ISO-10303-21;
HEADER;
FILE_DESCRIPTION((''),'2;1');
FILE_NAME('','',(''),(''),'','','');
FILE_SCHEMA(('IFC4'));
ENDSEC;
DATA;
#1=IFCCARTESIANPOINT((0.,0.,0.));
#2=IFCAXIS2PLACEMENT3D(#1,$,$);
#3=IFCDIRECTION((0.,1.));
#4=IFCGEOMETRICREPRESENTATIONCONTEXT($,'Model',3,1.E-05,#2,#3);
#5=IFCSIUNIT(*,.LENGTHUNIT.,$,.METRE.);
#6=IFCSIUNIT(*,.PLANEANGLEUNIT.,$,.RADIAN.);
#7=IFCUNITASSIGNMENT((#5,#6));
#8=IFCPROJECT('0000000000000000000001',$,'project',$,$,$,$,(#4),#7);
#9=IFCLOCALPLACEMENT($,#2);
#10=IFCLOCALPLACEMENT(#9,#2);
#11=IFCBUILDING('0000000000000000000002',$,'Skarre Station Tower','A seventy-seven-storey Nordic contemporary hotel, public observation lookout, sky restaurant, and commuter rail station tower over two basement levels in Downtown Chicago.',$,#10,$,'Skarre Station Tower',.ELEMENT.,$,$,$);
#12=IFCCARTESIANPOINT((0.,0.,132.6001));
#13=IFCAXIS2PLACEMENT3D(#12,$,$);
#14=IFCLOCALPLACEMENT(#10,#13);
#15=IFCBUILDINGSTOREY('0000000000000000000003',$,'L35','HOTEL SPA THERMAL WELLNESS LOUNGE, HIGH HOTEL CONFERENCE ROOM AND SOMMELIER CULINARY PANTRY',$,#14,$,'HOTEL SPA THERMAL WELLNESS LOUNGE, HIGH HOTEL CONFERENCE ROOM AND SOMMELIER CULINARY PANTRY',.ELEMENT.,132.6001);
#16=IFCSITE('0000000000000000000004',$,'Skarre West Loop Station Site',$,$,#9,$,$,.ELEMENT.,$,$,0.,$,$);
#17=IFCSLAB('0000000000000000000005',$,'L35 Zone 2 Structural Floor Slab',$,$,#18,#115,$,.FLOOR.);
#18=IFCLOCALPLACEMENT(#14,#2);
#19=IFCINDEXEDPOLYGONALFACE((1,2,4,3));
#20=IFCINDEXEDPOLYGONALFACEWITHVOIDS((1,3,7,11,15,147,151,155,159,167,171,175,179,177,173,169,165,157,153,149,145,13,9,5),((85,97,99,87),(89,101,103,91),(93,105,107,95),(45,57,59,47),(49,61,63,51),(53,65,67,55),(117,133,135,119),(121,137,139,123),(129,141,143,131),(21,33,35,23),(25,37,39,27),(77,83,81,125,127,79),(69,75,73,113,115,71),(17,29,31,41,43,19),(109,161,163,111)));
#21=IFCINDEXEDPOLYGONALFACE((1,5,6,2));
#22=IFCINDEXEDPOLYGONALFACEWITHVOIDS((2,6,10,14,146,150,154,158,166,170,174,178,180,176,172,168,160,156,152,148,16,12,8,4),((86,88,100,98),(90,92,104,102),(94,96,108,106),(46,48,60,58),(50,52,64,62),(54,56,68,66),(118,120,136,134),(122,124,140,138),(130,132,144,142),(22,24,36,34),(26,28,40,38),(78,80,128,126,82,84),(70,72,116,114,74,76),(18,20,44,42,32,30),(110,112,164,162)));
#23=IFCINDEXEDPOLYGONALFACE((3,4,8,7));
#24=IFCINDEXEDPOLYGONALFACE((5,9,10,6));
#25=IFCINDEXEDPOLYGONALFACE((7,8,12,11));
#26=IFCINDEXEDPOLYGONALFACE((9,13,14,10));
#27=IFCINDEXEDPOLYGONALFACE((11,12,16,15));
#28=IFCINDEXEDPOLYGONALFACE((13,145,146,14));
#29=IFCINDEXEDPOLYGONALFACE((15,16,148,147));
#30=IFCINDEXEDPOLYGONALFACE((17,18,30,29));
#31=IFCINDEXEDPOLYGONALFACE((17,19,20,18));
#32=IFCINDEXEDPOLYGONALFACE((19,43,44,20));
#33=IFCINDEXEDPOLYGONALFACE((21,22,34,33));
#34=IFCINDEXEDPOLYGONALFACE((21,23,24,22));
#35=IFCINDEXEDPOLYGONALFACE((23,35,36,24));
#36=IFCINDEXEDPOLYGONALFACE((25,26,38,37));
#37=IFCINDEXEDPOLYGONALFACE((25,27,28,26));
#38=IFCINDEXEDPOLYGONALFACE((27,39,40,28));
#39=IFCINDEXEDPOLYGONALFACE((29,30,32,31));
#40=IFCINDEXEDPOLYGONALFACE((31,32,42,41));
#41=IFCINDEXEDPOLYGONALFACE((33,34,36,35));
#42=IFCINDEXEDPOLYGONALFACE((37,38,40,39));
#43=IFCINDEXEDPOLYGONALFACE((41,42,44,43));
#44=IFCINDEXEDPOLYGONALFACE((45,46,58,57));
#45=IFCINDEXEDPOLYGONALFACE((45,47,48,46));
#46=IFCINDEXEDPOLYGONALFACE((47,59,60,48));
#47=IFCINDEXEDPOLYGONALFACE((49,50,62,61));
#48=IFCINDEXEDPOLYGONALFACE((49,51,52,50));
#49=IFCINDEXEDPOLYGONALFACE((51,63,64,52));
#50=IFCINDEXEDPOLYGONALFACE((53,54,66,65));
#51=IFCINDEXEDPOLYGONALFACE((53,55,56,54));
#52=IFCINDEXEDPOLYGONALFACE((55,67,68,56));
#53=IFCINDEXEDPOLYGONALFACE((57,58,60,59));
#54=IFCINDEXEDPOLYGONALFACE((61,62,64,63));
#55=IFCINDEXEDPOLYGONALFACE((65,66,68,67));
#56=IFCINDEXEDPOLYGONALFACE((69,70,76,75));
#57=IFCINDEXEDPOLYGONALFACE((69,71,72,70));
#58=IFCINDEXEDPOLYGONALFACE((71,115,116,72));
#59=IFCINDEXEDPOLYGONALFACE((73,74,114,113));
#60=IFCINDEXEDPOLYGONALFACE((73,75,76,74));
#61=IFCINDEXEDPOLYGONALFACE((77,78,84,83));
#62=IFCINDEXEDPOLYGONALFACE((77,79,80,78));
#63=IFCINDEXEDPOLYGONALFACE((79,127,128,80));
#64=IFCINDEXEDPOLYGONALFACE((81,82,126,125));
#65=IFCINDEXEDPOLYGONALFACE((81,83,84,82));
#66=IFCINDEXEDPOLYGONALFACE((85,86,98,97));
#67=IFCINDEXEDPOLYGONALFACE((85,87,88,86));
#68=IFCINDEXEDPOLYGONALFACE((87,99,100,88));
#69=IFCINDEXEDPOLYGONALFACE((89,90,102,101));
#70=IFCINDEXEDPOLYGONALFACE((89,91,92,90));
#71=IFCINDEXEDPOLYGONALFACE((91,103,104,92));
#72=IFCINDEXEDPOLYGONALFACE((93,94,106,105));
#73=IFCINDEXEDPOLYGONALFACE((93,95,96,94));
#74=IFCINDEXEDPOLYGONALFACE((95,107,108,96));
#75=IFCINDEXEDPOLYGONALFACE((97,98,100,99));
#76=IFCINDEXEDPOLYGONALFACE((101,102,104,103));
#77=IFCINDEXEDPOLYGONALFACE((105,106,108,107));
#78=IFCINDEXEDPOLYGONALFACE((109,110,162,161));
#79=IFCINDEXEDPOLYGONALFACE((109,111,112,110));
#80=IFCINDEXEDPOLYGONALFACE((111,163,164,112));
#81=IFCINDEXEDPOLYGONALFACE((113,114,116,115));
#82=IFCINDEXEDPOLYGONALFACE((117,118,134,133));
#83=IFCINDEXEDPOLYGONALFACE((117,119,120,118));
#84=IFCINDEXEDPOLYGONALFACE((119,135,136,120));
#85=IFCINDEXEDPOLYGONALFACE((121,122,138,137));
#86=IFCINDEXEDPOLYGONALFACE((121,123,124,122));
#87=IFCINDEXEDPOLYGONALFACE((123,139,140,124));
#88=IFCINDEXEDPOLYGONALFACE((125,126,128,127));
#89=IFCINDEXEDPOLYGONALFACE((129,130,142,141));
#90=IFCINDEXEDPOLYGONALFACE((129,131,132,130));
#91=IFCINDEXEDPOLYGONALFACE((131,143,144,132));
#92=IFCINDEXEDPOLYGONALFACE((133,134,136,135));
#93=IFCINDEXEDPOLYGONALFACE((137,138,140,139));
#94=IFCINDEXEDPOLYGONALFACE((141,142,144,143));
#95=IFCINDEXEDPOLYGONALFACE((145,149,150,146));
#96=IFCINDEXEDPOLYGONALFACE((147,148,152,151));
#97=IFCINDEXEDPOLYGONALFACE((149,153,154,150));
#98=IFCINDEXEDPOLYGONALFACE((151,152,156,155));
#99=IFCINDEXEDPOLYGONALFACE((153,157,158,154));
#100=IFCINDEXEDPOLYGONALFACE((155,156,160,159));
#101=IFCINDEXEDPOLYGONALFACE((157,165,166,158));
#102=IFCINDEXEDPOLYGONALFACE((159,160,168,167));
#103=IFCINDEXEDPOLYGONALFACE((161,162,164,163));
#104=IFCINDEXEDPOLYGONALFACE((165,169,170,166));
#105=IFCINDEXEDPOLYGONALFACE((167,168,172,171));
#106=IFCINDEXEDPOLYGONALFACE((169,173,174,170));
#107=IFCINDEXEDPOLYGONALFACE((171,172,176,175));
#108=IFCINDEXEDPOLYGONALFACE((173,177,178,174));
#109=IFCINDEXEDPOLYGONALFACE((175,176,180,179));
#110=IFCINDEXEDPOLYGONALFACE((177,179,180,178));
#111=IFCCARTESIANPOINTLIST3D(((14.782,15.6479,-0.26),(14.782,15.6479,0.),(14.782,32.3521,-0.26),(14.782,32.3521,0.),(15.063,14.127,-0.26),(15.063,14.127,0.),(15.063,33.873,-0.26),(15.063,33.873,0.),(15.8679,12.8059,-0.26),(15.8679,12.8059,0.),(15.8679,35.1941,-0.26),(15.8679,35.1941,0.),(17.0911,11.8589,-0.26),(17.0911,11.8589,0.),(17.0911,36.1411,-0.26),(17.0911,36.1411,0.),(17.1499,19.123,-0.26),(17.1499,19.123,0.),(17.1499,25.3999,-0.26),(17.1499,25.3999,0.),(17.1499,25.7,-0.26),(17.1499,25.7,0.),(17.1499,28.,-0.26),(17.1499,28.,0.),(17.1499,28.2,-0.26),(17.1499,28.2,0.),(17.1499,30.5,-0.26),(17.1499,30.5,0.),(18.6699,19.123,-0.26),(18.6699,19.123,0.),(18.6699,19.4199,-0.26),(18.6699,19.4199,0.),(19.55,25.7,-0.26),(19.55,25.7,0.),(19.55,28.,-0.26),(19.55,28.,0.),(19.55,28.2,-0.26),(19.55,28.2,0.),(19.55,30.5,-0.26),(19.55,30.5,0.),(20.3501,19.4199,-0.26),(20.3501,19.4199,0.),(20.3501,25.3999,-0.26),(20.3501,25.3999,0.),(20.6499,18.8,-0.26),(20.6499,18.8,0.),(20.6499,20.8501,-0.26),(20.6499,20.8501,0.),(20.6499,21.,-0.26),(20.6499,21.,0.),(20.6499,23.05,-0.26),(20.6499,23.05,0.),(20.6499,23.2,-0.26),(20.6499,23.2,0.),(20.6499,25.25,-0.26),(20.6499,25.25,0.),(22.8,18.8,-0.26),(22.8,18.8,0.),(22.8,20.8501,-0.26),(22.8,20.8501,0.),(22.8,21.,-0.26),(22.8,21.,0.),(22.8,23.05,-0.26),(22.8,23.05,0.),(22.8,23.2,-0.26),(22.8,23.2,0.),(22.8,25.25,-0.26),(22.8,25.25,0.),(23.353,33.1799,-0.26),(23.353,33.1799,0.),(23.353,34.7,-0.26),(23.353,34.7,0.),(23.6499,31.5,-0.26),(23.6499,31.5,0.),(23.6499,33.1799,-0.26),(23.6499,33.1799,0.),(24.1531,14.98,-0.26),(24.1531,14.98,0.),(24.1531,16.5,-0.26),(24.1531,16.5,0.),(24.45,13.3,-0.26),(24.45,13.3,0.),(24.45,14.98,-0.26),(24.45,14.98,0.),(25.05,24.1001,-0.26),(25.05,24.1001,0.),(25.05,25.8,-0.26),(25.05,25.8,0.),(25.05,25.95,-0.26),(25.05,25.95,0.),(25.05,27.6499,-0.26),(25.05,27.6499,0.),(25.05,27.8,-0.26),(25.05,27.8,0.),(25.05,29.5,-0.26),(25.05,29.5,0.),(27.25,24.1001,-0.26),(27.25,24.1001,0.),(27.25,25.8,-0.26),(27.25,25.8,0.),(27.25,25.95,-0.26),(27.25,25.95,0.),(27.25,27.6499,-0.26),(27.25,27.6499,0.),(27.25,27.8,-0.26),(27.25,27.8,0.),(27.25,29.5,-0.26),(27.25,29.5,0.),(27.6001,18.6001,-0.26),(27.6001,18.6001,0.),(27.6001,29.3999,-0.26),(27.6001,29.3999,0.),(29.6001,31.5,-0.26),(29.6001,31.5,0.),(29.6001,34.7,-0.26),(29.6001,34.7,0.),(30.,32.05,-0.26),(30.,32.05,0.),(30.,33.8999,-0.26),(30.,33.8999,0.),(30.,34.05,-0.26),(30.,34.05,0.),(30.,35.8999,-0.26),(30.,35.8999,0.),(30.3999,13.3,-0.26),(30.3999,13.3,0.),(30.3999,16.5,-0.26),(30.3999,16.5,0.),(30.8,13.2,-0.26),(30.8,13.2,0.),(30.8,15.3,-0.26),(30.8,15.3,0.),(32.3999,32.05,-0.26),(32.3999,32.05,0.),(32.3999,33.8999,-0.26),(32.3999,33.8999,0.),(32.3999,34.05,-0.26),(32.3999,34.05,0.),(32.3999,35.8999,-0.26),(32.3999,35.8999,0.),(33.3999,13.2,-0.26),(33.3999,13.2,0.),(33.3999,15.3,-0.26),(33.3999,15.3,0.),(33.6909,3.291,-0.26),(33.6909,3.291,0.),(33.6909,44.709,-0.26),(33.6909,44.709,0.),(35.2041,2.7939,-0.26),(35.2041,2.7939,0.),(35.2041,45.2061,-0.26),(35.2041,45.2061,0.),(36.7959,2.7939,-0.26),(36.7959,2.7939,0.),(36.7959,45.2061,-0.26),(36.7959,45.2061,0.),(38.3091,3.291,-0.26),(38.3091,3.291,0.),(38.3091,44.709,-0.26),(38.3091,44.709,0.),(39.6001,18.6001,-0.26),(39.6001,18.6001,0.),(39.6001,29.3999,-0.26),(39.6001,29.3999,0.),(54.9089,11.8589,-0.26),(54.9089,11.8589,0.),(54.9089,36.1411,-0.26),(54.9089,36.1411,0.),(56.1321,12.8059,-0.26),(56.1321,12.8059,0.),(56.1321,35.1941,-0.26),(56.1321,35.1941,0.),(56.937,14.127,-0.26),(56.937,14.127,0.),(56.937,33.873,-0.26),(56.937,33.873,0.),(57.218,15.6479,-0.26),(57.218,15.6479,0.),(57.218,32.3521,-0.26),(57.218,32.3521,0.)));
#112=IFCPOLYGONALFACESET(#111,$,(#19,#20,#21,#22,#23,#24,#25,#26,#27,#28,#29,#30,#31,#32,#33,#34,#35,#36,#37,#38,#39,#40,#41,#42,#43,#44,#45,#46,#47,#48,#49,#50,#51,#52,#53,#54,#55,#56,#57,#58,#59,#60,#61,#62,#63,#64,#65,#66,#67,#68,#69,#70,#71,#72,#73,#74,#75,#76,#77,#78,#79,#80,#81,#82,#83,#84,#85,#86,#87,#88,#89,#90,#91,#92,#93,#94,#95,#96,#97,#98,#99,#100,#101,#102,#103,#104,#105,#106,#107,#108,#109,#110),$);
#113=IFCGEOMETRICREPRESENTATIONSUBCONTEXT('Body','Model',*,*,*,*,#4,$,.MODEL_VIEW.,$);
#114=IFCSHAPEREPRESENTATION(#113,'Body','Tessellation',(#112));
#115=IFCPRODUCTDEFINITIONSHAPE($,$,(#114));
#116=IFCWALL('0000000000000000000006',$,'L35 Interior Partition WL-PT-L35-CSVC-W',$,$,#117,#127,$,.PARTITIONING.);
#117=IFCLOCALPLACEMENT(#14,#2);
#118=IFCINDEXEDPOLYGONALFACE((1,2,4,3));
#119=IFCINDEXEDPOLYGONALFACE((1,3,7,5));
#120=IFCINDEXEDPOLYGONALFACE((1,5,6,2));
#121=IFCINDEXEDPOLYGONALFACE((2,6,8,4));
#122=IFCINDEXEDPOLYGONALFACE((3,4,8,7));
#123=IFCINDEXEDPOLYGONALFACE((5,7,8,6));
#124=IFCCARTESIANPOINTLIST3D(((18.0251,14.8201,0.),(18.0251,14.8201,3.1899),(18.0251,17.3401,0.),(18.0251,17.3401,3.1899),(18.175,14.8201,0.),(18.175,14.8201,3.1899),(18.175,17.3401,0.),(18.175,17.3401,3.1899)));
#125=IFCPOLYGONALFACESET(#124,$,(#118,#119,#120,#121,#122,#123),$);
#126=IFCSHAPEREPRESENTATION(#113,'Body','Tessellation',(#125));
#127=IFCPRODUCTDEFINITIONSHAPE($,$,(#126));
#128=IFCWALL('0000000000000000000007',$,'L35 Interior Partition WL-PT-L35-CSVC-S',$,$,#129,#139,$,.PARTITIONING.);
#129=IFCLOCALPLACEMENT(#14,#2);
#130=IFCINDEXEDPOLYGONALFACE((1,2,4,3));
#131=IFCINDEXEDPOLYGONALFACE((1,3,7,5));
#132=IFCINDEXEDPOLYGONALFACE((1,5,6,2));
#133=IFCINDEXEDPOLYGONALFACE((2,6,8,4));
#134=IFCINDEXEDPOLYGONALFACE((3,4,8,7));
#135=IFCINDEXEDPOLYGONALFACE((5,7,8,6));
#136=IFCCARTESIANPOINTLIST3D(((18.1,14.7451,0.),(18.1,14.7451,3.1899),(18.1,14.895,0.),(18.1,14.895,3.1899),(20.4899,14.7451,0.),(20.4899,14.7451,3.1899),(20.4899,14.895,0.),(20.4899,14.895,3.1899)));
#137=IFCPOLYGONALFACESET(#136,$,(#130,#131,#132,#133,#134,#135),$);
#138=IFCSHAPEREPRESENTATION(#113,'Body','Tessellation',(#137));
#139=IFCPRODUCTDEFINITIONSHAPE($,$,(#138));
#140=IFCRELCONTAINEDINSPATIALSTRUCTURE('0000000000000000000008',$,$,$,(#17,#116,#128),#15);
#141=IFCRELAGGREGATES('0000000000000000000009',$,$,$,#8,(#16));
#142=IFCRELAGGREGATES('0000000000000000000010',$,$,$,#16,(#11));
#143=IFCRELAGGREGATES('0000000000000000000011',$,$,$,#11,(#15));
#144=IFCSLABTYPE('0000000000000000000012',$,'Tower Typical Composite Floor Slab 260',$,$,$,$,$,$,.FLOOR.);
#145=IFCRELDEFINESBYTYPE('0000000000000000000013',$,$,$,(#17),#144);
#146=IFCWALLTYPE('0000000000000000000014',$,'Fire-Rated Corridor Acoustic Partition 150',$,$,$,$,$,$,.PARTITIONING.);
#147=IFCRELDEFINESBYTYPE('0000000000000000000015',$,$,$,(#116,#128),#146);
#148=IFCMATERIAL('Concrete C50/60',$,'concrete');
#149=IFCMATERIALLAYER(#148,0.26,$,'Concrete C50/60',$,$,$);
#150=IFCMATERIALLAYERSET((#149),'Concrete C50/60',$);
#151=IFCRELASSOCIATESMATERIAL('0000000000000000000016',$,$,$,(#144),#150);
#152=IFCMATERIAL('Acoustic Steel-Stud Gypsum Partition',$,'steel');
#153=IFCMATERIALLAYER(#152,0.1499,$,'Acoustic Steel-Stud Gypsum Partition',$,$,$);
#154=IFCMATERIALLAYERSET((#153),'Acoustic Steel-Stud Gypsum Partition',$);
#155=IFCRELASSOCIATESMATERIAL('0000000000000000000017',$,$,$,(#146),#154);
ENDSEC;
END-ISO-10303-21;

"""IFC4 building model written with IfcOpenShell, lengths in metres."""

from ifc_helpers import new_model, si_unit, direction, frame, frame_2d, origin, place, context, subcontext, project, spatial, polyline, rectangle, outline, extrude, material, layer, layer_set, type_object, element, save


model = new_model("IFC4")

# Units and contexts
model_context = context("Model", 3, precision=1e-05, world=origin(), true_north=direction((0.0, 1.0)))
body_context = subcontext(model_context, "Body", "Model", "MODEL_VIEW")
ifc_project = project(units=[si_unit("LENGTHUNIT", "METRE"), si_unit("PLANEANGLEUNIT", "RADIAN")], contexts=[model_context])

# Site, building, storey
site_placement = place(None, origin())
site = spatial("IfcSite", under=ifc_project, at=site_placement, Name="Skarre West Loop Station Site", CompositionType="ELEMENT", RefElevation=0.0)
building_placement = place(site_placement, origin())
building = spatial("IfcBuilding", under=site, at=building_placement, Name="Skarre Station Tower", Description="A seventy-seven-storey Nordic contemporary hotel, public observation lookout, sky restaurant, and commuter rail station tower over two basement levels in Downtown Chicago.", LongName="Skarre Station Tower", CompositionType="ELEMENT")
storey_placement = place(building_placement, frame((0.0, 0.0, 132.6001)))
storey = spatial("IfcBuildingStorey", under=building, at=storey_placement, Name="L35", Description="HOTEL SPA THERMAL WELLNESS LOUNGE, HIGH HOTEL CONFERENCE ROOM AND SOMMELIER CULINARY PANTRY", LongName="HOTEL SPA THERMAL WELLNESS LOUNGE, HIGH HOTEL CONFERENCE ROOM AND SOMMELIER CULINARY PANTRY", CompositionType="ELEMENT", Elevation=132.6001)

# Slab
ifc_material_1 = material(Name="Concrete C50/60", Category="concrete")
ifc_layer_1 = layer(ifc_material_1, 0.26, Name="Concrete C50/60")
ifc_layer_set_1 = layer_set([ifc_layer_1], Name="Concrete C50/60")
slab_type_1 = type_object("IfcSlabType", Name="Tower Typical Composite Floor Slab 260", PredefinedType="FLOOR", material=ifc_layer_set_1)
slab_1_placement = place(storey_placement, frame((0.0, 0.0, -0.26)))
element("IfcSlab", 1, at=slab_1_placement, inside=storey, type_object=slab_type_1, Name="L35 Zone 2 Structural Floor Slab", PredefinedType="FLOOR", context=body_context, shape_type="SweptSolid", body=[
    extrude(outline(polyline([(57.218, 32.3521), (56.937, 33.873), (56.1321, 35.1941), (54.9089, 36.1411), (38.3091, 44.709), (36.7959, 45.2061), (35.2041, 45.2061), (33.6909, 44.709), (17.0911, 36.1411), (15.8679, 35.1941), (15.063, 33.873), (14.782, 32.3521), (14.782, 15.6479), (15.063, 14.127), (15.8679, 12.8059), (17.0911, 11.8589), (33.6909, 3.291), (35.2041, 2.7939), (36.7959, 2.7939), (38.3091, 3.291), (54.9089, 11.8589), (56.1321, 12.8059), (56.937, 14.127), (57.218, 15.6479), (57.218, 32.3521)]), holes=[polyline([(18.6699, 19.4199), (18.6699, 19.123), (17.1499, 19.123), (17.1499, 25.3999), (20.3501, 25.3999), (20.3501, 19.4199), (18.6699, 19.4199)]), polyline([(24.45, 14.98), (24.1531, 14.98), (24.1531, 16.5), (30.3999, 16.5), (30.3999, 13.3), (24.45, 13.3), (24.45, 14.98)]), polyline([(23.6499, 33.1799), (23.353, 33.1799), (23.353, 34.7), (29.6001, 34.7), (29.6001, 31.5), (23.6499, 31.5), (23.6499, 33.1799)]), polyline([(17.1499, 28.0), (19.55, 28.0), (19.55, 25.7), (17.1499, 25.7), (17.1499, 28.0)]), polyline([(17.1499, 30.5), (19.55, 30.5), (19.55, 28.2), (17.1499, 28.2), (17.1499, 30.5)]), polyline([(30.8, 15.3), (33.3999, 15.3), (33.3999, 13.2), (30.8, 13.2), (30.8, 15.3)]), polyline([(25.05, 25.8), (27.25, 25.8), (27.25, 24.1001), (25.05, 24.1001), (25.05, 25.8)]), polyline([(25.05, 27.6499), (27.25, 27.6499), (27.25, 25.95), (25.05, 25.95), (25.05, 27.6499)]), polyline([(25.05, 29.5), (27.25, 29.5), (27.25, 27.8), (25.05, 27.8), (25.05, 29.5)]), polyline([(20.6499, 20.8501), (22.8, 20.8501), (22.8, 18.8), (20.6499, 18.8), (20.6499, 20.8501)]), polyline([(20.6499, 23.05), (22.8, 23.05), (22.8, 21.0), (20.6499, 21.0), (20.6499, 23.05)]), polyline([(20.6499, 25.25), (22.8, 25.25), (22.8, 23.2), (20.6499, 23.2), (20.6499, 25.25)]), polyline([(30.0, 33.8999), (32.3999, 33.8999), (32.3999, 32.05), (30.0, 32.05), (30.0, 33.8999)]), polyline([(30.0, 35.8999), (32.3999, 35.8999), (32.3999, 34.05), (30.0, 34.05), (30.0, 35.8999)]), polyline([(27.6001, 29.3999), (39.6001, 29.3999), (39.6001, 18.6001), (27.6001, 18.6001), (27.6001, 29.3999)])]), origin(), (0.0, 0.0, 1.0), 0.26),
])

# Walls
ifc_material_2 = material(Name="Acoustic Steel-Stud Gypsum Partition", Category="steel")
ifc_layer_2 = layer(ifc_material_2, 0.1499, Name="Acoustic Steel-Stud Gypsum Partition")
ifc_layer_set_2 = layer_set([ifc_layer_2], Name="Acoustic Steel-Stud Gypsum Partition")
wall_type_1 = type_object("IfcWallType", Name="Fire-Rated Corridor Acoustic Partition 150", PredefinedType="PARTITIONING", material=ifc_layer_set_2)
wall_1_placement = place(storey_placement, frame((18.1001, 17.3401, 0.0), z_axis=(0.0, 0.0, 1.0), x_axis=(0.0, -1.0, 0.0)))
element("IfcWall", 2, at=wall_1_placement, inside=storey, type_object=wall_type_1, Name="L35 Interior Partition WL-PT-L35-CSVC-W", PredefinedType="PARTITIONING", context=body_context, shape_type="SweptSolid", body=[
    extrude(rectangle(XDim=2.52, YDim=0.1499, at=frame_2d((1.26, 0.0))), origin(), (0.0, 0.0, 1.0), 3.1899),
])
wall_2_placement = place(storey_placement, frame((18.1001, 14.8201, 0.0), z_axis=(0.0, 0.0, 1.0), x_axis=(1.0, 0.0, 0.0)))
element("IfcWall", 3, at=wall_2_placement, inside=storey, type_object=wall_type_1, Name="L35 Interior Partition WL-PT-L35-CSVC-S", PredefinedType="PARTITIONING", context=body_context, shape_type="SweptSolid", body=[
    extrude(rectangle(XDim=2.3899, YDim=0.1499, at=frame_2d((1.1948, 0.0))), origin(), (0.0, 0.0, 1.0), 3.1899),
])

save(model, "model.ifc")
